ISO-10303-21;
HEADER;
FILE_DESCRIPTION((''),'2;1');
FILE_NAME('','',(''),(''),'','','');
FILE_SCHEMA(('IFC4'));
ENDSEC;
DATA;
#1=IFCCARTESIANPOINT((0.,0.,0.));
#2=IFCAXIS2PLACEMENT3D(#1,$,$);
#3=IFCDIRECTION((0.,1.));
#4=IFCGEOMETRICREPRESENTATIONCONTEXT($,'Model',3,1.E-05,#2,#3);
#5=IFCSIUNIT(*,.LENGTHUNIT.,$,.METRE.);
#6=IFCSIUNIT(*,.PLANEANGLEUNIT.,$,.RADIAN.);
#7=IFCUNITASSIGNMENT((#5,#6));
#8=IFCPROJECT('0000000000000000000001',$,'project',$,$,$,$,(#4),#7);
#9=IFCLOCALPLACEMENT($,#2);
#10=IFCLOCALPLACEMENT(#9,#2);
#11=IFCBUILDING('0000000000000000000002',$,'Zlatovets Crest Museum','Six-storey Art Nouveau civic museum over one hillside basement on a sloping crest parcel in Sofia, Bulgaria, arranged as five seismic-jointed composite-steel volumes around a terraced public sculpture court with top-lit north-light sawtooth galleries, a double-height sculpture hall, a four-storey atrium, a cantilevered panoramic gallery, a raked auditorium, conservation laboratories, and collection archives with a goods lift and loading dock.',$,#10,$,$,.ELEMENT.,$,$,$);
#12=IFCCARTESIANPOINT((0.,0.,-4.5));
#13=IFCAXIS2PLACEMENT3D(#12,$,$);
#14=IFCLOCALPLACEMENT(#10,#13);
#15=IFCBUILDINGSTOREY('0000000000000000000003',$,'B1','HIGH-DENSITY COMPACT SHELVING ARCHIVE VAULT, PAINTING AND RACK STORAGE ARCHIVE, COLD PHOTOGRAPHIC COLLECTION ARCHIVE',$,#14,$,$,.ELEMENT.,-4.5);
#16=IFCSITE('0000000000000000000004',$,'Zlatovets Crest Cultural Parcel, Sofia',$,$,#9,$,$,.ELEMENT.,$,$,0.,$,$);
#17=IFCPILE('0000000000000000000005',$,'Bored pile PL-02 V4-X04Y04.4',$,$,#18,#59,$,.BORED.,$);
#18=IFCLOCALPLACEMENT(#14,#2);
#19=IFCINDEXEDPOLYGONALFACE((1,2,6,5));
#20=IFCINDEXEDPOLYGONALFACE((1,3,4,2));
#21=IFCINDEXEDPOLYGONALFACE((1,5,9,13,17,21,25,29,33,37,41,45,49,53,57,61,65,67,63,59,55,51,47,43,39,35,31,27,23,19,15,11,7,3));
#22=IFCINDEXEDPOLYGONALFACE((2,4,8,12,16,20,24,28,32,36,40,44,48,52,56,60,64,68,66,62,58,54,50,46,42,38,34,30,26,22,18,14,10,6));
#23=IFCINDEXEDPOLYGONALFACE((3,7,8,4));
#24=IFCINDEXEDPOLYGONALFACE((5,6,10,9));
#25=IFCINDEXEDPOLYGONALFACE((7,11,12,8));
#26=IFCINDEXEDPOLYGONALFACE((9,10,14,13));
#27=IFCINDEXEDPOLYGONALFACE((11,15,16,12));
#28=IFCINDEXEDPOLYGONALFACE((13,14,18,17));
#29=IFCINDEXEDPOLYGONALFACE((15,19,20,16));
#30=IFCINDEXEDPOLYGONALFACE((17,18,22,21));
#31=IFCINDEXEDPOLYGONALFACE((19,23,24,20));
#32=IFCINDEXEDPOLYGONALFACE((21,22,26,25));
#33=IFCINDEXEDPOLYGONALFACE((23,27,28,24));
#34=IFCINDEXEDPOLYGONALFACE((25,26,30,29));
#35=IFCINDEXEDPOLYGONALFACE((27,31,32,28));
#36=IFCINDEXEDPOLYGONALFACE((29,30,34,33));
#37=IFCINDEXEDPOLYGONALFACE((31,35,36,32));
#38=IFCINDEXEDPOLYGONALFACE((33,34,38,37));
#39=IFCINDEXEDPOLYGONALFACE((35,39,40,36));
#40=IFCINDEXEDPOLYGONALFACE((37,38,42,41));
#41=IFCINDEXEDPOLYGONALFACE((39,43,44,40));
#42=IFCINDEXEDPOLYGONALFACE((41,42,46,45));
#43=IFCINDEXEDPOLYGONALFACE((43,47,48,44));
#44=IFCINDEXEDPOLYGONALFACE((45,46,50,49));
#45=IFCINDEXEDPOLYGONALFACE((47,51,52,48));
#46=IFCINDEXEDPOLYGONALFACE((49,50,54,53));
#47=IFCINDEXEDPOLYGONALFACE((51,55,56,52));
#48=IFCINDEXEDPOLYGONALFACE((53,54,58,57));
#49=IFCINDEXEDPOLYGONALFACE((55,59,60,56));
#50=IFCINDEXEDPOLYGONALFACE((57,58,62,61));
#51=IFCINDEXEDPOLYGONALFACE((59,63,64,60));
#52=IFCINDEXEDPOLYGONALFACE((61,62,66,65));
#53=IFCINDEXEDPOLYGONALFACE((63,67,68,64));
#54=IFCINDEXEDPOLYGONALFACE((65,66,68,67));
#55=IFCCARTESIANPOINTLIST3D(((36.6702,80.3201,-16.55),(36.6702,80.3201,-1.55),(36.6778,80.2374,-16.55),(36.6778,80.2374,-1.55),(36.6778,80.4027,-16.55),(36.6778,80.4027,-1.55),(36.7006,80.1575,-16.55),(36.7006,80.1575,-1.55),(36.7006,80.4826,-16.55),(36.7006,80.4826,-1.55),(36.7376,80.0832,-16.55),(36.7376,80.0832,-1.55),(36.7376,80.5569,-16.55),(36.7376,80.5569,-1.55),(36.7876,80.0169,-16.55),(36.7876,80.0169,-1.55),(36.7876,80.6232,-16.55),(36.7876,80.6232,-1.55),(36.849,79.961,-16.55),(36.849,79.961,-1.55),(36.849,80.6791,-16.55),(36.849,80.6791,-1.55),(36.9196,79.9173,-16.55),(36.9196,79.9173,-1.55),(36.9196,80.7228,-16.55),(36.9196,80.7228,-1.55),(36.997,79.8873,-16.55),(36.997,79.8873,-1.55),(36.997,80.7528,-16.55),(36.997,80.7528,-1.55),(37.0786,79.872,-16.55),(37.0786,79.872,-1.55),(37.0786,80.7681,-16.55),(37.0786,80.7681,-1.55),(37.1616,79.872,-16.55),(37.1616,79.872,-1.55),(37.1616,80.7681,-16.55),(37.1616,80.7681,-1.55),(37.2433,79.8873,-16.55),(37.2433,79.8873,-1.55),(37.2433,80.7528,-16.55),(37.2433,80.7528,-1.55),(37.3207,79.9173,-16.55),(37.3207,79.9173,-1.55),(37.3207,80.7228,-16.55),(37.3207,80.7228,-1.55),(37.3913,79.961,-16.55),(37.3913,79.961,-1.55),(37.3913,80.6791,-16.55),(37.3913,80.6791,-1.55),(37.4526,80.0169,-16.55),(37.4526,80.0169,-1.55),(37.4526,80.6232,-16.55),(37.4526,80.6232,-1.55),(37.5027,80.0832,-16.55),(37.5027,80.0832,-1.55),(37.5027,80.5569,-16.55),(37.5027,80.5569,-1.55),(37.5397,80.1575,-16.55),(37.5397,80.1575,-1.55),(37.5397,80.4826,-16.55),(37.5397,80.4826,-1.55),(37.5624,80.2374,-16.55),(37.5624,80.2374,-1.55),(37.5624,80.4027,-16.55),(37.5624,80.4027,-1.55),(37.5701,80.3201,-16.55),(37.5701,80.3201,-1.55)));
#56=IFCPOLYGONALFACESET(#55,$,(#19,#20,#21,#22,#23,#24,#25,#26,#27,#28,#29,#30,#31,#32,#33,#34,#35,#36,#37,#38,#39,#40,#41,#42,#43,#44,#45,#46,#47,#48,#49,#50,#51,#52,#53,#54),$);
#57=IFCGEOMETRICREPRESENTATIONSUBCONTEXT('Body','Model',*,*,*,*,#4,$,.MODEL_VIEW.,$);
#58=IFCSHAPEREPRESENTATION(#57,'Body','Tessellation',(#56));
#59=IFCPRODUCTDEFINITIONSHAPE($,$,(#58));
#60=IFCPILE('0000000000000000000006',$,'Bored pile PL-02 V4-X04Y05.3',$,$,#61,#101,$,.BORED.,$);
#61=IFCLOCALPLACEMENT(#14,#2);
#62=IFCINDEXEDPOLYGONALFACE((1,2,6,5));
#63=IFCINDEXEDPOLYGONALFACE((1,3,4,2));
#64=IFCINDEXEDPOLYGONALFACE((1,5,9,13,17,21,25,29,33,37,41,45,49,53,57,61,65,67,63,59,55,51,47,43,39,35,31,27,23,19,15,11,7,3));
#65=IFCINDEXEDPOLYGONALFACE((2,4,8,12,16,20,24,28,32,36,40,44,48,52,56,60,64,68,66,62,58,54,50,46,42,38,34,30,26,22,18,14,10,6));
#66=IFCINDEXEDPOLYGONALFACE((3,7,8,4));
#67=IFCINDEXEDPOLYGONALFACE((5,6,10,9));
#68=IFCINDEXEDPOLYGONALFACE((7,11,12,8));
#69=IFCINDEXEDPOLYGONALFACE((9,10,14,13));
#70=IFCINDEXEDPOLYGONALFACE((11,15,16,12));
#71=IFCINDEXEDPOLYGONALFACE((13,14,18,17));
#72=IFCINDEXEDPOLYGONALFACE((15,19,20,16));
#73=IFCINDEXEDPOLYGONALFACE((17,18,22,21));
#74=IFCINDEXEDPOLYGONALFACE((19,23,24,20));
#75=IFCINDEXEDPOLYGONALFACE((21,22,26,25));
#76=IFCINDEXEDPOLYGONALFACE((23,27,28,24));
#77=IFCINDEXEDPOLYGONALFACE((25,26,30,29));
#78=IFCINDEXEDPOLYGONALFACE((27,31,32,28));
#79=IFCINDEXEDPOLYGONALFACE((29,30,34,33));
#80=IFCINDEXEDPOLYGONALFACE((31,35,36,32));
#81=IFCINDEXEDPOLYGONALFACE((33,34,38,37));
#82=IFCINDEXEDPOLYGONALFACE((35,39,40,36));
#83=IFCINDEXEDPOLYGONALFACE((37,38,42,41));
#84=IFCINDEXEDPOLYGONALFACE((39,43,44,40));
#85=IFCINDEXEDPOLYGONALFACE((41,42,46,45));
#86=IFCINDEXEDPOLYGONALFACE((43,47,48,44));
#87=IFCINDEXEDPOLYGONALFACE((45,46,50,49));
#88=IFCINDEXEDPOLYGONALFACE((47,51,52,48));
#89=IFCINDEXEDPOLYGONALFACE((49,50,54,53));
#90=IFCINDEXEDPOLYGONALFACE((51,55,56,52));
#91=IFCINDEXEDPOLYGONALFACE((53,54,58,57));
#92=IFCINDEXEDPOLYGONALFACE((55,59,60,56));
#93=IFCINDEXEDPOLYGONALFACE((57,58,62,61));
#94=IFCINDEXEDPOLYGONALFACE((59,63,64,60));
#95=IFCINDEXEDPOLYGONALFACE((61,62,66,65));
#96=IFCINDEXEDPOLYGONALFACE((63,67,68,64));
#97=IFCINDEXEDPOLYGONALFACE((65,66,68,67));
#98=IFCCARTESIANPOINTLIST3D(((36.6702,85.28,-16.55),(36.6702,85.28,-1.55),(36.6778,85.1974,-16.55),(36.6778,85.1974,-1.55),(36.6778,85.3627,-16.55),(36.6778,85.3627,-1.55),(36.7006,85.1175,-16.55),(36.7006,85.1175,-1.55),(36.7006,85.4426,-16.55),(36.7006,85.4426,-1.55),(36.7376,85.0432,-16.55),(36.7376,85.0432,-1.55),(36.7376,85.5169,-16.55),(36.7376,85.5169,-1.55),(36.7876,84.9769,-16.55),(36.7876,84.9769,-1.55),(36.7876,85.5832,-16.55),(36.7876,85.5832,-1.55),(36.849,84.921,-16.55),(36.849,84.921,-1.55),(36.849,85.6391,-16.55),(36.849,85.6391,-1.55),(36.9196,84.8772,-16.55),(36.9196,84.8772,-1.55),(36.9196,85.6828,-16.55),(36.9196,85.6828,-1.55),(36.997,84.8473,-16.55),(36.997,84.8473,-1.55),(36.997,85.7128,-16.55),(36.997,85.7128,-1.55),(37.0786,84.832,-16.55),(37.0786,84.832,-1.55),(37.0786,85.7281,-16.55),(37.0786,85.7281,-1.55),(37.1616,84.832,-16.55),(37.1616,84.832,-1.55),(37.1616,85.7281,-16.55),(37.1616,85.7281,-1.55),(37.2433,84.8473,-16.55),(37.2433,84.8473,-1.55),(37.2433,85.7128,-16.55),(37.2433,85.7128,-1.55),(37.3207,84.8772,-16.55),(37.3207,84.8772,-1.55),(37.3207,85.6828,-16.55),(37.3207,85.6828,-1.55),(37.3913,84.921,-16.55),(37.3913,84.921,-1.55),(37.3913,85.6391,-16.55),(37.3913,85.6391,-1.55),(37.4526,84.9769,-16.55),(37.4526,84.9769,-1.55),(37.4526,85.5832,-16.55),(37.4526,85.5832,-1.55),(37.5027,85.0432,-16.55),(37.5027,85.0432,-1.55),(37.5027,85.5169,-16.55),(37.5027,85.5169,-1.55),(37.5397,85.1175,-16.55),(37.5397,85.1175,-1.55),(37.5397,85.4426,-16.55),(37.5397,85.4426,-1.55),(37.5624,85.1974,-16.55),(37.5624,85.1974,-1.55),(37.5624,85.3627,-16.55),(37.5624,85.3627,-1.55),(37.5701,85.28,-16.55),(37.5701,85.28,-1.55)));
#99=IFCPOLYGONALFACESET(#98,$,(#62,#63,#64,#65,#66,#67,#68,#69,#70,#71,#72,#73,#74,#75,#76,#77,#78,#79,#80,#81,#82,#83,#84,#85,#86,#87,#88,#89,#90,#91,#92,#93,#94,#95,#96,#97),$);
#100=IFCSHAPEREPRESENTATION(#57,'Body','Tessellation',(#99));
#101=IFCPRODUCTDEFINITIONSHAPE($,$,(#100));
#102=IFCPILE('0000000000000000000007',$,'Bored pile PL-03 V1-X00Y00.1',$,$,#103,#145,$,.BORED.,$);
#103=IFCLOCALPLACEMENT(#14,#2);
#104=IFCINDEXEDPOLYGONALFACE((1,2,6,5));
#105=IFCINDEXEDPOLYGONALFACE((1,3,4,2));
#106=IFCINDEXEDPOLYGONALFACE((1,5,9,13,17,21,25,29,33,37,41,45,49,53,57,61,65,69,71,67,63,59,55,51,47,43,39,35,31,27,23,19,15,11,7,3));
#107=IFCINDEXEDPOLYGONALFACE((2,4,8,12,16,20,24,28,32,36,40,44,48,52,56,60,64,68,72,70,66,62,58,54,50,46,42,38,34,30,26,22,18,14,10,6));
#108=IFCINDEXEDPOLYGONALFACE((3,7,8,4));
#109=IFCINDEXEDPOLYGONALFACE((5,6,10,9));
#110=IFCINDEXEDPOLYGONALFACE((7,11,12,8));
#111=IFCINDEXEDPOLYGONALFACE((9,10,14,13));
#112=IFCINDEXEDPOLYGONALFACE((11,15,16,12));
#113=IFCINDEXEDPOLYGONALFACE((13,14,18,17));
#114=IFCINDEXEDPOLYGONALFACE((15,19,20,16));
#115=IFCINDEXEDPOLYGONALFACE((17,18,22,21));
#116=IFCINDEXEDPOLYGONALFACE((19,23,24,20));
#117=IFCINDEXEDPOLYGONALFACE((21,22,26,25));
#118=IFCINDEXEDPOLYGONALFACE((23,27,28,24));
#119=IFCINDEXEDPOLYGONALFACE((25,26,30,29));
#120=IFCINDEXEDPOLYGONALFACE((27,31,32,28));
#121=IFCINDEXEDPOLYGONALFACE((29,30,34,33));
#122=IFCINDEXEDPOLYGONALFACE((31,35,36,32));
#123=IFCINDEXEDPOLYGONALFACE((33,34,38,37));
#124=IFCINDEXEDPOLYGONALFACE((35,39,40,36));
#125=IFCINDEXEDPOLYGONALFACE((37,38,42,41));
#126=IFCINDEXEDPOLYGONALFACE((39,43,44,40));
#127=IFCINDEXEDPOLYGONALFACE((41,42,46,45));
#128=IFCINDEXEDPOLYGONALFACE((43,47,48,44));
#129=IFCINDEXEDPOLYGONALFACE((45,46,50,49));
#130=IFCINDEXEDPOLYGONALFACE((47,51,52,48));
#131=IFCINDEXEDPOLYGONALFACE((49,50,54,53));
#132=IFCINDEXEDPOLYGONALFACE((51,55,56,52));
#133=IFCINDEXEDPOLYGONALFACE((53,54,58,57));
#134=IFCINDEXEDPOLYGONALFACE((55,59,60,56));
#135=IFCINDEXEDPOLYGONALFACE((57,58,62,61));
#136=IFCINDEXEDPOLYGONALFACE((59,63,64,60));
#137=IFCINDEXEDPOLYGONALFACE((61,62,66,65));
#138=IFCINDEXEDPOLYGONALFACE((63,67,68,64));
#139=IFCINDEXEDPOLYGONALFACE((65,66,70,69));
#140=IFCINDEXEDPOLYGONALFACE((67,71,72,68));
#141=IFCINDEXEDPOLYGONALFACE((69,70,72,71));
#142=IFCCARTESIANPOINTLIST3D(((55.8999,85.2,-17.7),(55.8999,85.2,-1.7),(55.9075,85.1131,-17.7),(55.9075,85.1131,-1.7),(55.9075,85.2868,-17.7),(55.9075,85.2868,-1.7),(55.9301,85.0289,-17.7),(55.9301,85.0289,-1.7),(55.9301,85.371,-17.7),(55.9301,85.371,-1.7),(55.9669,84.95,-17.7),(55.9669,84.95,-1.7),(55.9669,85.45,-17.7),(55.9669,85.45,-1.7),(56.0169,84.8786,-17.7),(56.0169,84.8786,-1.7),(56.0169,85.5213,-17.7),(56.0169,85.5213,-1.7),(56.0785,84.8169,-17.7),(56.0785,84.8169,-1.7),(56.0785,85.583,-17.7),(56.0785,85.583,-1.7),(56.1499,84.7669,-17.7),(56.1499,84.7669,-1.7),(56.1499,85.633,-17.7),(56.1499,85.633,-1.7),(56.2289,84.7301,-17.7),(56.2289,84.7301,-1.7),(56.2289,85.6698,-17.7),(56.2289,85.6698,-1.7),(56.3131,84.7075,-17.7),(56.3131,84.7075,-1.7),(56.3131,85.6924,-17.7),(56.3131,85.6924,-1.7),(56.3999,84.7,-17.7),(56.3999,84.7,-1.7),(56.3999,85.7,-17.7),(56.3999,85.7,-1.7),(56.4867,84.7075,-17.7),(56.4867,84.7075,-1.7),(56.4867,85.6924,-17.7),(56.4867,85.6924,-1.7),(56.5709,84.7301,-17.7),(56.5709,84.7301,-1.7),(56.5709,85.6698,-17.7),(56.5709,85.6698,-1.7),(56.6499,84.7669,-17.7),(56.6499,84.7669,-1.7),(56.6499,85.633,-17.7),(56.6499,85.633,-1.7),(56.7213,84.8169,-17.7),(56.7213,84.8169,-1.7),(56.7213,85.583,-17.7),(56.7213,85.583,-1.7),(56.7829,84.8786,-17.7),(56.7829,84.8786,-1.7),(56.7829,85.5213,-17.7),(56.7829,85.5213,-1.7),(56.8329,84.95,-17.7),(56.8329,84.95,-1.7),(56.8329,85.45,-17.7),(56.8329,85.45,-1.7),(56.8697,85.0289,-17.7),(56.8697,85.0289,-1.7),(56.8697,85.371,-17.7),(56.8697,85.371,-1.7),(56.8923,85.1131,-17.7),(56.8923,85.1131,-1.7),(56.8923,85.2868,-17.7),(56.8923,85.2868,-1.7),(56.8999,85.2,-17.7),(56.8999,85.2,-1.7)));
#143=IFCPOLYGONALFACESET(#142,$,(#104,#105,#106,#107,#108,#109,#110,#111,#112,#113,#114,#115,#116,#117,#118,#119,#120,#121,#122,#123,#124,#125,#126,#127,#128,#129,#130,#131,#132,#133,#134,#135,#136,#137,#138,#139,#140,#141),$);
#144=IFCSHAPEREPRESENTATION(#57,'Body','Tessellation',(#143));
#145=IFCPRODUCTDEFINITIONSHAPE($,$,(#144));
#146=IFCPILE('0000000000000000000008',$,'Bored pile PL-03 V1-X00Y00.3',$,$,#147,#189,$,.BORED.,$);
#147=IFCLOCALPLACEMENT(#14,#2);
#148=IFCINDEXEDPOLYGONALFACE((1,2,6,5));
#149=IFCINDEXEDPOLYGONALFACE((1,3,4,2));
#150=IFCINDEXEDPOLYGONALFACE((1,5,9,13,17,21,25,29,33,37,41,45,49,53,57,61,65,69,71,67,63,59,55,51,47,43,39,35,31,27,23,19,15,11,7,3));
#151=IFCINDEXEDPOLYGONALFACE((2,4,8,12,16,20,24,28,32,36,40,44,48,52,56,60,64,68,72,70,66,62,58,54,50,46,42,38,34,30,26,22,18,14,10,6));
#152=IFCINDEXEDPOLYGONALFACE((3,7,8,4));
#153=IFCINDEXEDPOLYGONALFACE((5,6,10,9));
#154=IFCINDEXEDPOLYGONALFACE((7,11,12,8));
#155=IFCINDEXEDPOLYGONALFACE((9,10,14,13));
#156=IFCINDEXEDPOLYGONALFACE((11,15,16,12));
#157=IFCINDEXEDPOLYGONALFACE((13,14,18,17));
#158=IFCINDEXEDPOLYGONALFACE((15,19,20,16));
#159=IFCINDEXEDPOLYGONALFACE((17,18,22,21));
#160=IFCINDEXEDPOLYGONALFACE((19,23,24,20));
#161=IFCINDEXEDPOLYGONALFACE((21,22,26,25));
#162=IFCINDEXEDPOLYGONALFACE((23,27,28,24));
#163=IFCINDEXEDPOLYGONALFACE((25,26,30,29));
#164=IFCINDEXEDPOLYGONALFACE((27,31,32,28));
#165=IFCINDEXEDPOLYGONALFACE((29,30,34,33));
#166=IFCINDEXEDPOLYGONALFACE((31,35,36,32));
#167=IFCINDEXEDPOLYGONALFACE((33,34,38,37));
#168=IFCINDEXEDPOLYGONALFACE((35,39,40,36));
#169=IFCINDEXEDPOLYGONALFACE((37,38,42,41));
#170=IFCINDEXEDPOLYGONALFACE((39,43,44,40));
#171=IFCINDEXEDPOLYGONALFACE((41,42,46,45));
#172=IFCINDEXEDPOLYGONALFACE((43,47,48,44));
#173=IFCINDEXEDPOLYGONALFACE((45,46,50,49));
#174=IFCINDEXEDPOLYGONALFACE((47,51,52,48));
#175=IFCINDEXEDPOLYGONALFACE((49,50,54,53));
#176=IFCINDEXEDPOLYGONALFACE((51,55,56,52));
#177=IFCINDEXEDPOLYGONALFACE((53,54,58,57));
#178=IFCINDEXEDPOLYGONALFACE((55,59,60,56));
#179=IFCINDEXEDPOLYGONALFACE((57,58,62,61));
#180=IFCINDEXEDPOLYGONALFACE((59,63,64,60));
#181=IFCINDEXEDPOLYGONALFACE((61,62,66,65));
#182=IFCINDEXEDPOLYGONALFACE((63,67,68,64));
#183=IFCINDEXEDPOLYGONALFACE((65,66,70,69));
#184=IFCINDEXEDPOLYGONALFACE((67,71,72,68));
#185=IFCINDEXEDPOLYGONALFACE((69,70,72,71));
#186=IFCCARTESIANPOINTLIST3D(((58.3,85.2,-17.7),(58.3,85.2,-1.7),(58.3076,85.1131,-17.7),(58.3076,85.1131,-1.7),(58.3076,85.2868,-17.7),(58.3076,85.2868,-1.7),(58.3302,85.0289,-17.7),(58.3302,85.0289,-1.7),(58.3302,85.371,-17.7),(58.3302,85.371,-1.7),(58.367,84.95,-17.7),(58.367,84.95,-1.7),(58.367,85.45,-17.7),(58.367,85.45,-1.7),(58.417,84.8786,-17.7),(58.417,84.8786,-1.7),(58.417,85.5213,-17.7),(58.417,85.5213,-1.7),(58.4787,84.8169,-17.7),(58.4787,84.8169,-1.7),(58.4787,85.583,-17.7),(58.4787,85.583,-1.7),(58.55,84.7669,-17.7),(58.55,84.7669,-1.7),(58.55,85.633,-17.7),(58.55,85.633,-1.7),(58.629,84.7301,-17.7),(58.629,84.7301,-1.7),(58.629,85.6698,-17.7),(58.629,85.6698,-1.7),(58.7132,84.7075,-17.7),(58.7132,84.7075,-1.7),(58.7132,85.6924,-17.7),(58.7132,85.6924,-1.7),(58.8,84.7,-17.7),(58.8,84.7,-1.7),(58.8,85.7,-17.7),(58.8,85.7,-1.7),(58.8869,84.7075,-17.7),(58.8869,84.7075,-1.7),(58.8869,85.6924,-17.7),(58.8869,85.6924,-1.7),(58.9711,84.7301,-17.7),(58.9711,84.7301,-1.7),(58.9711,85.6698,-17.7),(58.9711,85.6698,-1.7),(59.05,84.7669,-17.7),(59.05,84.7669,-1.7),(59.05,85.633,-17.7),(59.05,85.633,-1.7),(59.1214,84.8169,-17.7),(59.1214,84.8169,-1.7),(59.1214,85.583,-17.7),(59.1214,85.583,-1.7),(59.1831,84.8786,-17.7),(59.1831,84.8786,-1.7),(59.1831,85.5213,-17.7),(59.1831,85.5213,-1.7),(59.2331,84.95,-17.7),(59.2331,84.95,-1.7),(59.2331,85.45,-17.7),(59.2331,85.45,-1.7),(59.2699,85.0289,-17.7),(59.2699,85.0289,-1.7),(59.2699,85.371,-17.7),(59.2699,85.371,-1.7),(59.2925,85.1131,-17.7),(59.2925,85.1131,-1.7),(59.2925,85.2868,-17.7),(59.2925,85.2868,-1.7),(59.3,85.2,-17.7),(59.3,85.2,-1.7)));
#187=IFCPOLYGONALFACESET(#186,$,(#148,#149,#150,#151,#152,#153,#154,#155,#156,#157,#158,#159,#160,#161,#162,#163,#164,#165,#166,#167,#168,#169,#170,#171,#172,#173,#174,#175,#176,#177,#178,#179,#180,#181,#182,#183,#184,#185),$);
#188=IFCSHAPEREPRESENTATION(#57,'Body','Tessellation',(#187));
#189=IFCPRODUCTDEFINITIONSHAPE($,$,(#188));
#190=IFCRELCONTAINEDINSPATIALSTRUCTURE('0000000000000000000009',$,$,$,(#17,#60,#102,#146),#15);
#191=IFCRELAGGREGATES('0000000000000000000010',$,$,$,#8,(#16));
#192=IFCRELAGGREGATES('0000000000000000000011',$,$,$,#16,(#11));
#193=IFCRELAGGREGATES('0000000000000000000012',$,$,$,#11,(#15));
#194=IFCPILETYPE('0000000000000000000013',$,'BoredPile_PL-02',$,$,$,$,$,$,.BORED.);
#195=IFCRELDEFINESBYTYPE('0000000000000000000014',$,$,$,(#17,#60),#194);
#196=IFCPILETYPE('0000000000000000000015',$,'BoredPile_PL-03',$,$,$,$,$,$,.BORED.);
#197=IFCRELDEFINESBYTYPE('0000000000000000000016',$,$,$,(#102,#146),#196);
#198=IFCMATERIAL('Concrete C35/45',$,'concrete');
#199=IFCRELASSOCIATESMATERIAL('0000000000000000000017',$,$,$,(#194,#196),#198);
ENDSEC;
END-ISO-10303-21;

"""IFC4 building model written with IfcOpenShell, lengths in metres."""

from ifc_helpers import new_model, si_unit, direction, frame, origin, origin_2d, place, context, subcontext, project, spatial, circle, extrude, material, material_profile, profile_set, type_object, element, save


model = new_model("IFC4")

# Units and contexts
model_context = context("Model", 3, precision=1e-05, world=origin(), true_north=direction((0.0, 1.0)))
body_context = subcontext(model_context, "Body", "Model", "MODEL_VIEW")
ifc_project = project(units=[si_unit("LENGTHUNIT", "METRE"), si_unit("PLANEANGLEUNIT", "RADIAN")], contexts=[model_context])

# Site, building, storey
site_placement = place(None, origin())
site = spatial("IfcSite", under=ifc_project, at=site_placement, Name="Zlatovets Crest Cultural Parcel, Sofia", CompositionType="ELEMENT", RefElevation=0.0)
building_placement = place(site_placement, origin())
building = spatial("IfcBuilding", under=site, at=building_placement, Name="Zlatovets Crest Museum", Description="Six-storey Art Nouveau civic museum over one hillside basement on a sloping crest parcel in Sofia, Bulgaria, arranged as five seismic-jointed composite-steel volumes around a terraced public sculpture court with top-lit north-light sawtooth galleries, a double-height sculpture hall, a four-storey atrium, a cantilevered panoramic gallery, a raked auditorium, conservation laboratories, and collection archives with a goods lift and loading dock.", CompositionType="ELEMENT")
storey_placement = place(building_placement, frame((0.0, 0.0, -4.5)))
storey = spatial("IfcBuildingStorey", under=building, at=storey_placement, Name="B1", Description="HIGH-DENSITY COMPACT SHELVING ARCHIVE VAULT, PAINTING AND RACK STORAGE ARCHIVE, COLD PHOTOGRAPHIC COLLECTION ARCHIVE", CompositionType="ELEMENT", Elevation=-4.5)

# Piles
ifc_material = material(Name="Concrete C35/45", Category="concrete")
ifc_material_profile_1 = material_profile(ifc_material, circle(Radius=0.45, at=origin_2d()), Name="PILE D900")
ifc_profile_set_1 = profile_set([ifc_material_profile_1], Name="Concrete C35/45")
pile_type_1 = type_object("IfcPileType", Name="BoredPile_PL-02", PredefinedType="BORED", material=ifc_profile_set_1)
for number, where, z_axis, x_axis, name in (
    (1, (37.1201, 80.3201, -1.55), (0.0, 0.0, -1.0), (1.0, 0.0, 0.0), "Bored pile PL-02 V4-X04Y04.4"),
    (2, (37.1201, 85.28, -1.55), (0.0, 0.0, -1.0), (1.0, 0.0, 0.0), "Bored pile PL-02 V4-X04Y05.3"),
):
    element("IfcPile", number, at=place(storey_placement, frame(where, z_axis=z_axis, x_axis=x_axis)), inside=storey, type_object=pile_type_1, Name=name, PredefinedType="BORED", context=body_context, shape_type="SweptSolid", body=[
        extrude(circle(Radius=0.45, at=origin_2d()), origin(), (0.0, 0.0, 1.0), 15.0),
    ])
ifc_material_profile_2 = material_profile(ifc_material, circle(Radius=0.5, at=origin_2d()), Name="PILE D1000")
ifc_profile_set_2 = profile_set([ifc_material_profile_2], Name="Concrete C35/45")
pile_type_2 = type_object("IfcPileType", Name="BoredPile_PL-03", PredefinedType="BORED", material=ifc_profile_set_2)
for number, where, z_axis, x_axis, name in (
    (3, (56.3999, 85.2, -1.7), (0.0, 0.0, -1.0), (1.0, 0.0, 0.0), "Bored pile PL-03 V1-X00Y00.1"),
    (4, (58.8, 85.2, -1.7), (0.0, 0.0, -1.0), (1.0, 0.0, 0.0), "Bored pile PL-03 V1-X00Y00.3"),
):
    element("IfcPile", number, at=place(storey_placement, frame(where, z_axis=z_axis, x_axis=x_axis)), inside=storey, type_object=pile_type_2, Name=name, PredefinedType="BORED", context=body_context, shape_type="SweptSolid", body=[
        extrude(circle(Radius=0.5, at=origin_2d()), origin(), (0.0, 0.0, 1.0), 16.0),
    ])

save(model, "model.ifc")
